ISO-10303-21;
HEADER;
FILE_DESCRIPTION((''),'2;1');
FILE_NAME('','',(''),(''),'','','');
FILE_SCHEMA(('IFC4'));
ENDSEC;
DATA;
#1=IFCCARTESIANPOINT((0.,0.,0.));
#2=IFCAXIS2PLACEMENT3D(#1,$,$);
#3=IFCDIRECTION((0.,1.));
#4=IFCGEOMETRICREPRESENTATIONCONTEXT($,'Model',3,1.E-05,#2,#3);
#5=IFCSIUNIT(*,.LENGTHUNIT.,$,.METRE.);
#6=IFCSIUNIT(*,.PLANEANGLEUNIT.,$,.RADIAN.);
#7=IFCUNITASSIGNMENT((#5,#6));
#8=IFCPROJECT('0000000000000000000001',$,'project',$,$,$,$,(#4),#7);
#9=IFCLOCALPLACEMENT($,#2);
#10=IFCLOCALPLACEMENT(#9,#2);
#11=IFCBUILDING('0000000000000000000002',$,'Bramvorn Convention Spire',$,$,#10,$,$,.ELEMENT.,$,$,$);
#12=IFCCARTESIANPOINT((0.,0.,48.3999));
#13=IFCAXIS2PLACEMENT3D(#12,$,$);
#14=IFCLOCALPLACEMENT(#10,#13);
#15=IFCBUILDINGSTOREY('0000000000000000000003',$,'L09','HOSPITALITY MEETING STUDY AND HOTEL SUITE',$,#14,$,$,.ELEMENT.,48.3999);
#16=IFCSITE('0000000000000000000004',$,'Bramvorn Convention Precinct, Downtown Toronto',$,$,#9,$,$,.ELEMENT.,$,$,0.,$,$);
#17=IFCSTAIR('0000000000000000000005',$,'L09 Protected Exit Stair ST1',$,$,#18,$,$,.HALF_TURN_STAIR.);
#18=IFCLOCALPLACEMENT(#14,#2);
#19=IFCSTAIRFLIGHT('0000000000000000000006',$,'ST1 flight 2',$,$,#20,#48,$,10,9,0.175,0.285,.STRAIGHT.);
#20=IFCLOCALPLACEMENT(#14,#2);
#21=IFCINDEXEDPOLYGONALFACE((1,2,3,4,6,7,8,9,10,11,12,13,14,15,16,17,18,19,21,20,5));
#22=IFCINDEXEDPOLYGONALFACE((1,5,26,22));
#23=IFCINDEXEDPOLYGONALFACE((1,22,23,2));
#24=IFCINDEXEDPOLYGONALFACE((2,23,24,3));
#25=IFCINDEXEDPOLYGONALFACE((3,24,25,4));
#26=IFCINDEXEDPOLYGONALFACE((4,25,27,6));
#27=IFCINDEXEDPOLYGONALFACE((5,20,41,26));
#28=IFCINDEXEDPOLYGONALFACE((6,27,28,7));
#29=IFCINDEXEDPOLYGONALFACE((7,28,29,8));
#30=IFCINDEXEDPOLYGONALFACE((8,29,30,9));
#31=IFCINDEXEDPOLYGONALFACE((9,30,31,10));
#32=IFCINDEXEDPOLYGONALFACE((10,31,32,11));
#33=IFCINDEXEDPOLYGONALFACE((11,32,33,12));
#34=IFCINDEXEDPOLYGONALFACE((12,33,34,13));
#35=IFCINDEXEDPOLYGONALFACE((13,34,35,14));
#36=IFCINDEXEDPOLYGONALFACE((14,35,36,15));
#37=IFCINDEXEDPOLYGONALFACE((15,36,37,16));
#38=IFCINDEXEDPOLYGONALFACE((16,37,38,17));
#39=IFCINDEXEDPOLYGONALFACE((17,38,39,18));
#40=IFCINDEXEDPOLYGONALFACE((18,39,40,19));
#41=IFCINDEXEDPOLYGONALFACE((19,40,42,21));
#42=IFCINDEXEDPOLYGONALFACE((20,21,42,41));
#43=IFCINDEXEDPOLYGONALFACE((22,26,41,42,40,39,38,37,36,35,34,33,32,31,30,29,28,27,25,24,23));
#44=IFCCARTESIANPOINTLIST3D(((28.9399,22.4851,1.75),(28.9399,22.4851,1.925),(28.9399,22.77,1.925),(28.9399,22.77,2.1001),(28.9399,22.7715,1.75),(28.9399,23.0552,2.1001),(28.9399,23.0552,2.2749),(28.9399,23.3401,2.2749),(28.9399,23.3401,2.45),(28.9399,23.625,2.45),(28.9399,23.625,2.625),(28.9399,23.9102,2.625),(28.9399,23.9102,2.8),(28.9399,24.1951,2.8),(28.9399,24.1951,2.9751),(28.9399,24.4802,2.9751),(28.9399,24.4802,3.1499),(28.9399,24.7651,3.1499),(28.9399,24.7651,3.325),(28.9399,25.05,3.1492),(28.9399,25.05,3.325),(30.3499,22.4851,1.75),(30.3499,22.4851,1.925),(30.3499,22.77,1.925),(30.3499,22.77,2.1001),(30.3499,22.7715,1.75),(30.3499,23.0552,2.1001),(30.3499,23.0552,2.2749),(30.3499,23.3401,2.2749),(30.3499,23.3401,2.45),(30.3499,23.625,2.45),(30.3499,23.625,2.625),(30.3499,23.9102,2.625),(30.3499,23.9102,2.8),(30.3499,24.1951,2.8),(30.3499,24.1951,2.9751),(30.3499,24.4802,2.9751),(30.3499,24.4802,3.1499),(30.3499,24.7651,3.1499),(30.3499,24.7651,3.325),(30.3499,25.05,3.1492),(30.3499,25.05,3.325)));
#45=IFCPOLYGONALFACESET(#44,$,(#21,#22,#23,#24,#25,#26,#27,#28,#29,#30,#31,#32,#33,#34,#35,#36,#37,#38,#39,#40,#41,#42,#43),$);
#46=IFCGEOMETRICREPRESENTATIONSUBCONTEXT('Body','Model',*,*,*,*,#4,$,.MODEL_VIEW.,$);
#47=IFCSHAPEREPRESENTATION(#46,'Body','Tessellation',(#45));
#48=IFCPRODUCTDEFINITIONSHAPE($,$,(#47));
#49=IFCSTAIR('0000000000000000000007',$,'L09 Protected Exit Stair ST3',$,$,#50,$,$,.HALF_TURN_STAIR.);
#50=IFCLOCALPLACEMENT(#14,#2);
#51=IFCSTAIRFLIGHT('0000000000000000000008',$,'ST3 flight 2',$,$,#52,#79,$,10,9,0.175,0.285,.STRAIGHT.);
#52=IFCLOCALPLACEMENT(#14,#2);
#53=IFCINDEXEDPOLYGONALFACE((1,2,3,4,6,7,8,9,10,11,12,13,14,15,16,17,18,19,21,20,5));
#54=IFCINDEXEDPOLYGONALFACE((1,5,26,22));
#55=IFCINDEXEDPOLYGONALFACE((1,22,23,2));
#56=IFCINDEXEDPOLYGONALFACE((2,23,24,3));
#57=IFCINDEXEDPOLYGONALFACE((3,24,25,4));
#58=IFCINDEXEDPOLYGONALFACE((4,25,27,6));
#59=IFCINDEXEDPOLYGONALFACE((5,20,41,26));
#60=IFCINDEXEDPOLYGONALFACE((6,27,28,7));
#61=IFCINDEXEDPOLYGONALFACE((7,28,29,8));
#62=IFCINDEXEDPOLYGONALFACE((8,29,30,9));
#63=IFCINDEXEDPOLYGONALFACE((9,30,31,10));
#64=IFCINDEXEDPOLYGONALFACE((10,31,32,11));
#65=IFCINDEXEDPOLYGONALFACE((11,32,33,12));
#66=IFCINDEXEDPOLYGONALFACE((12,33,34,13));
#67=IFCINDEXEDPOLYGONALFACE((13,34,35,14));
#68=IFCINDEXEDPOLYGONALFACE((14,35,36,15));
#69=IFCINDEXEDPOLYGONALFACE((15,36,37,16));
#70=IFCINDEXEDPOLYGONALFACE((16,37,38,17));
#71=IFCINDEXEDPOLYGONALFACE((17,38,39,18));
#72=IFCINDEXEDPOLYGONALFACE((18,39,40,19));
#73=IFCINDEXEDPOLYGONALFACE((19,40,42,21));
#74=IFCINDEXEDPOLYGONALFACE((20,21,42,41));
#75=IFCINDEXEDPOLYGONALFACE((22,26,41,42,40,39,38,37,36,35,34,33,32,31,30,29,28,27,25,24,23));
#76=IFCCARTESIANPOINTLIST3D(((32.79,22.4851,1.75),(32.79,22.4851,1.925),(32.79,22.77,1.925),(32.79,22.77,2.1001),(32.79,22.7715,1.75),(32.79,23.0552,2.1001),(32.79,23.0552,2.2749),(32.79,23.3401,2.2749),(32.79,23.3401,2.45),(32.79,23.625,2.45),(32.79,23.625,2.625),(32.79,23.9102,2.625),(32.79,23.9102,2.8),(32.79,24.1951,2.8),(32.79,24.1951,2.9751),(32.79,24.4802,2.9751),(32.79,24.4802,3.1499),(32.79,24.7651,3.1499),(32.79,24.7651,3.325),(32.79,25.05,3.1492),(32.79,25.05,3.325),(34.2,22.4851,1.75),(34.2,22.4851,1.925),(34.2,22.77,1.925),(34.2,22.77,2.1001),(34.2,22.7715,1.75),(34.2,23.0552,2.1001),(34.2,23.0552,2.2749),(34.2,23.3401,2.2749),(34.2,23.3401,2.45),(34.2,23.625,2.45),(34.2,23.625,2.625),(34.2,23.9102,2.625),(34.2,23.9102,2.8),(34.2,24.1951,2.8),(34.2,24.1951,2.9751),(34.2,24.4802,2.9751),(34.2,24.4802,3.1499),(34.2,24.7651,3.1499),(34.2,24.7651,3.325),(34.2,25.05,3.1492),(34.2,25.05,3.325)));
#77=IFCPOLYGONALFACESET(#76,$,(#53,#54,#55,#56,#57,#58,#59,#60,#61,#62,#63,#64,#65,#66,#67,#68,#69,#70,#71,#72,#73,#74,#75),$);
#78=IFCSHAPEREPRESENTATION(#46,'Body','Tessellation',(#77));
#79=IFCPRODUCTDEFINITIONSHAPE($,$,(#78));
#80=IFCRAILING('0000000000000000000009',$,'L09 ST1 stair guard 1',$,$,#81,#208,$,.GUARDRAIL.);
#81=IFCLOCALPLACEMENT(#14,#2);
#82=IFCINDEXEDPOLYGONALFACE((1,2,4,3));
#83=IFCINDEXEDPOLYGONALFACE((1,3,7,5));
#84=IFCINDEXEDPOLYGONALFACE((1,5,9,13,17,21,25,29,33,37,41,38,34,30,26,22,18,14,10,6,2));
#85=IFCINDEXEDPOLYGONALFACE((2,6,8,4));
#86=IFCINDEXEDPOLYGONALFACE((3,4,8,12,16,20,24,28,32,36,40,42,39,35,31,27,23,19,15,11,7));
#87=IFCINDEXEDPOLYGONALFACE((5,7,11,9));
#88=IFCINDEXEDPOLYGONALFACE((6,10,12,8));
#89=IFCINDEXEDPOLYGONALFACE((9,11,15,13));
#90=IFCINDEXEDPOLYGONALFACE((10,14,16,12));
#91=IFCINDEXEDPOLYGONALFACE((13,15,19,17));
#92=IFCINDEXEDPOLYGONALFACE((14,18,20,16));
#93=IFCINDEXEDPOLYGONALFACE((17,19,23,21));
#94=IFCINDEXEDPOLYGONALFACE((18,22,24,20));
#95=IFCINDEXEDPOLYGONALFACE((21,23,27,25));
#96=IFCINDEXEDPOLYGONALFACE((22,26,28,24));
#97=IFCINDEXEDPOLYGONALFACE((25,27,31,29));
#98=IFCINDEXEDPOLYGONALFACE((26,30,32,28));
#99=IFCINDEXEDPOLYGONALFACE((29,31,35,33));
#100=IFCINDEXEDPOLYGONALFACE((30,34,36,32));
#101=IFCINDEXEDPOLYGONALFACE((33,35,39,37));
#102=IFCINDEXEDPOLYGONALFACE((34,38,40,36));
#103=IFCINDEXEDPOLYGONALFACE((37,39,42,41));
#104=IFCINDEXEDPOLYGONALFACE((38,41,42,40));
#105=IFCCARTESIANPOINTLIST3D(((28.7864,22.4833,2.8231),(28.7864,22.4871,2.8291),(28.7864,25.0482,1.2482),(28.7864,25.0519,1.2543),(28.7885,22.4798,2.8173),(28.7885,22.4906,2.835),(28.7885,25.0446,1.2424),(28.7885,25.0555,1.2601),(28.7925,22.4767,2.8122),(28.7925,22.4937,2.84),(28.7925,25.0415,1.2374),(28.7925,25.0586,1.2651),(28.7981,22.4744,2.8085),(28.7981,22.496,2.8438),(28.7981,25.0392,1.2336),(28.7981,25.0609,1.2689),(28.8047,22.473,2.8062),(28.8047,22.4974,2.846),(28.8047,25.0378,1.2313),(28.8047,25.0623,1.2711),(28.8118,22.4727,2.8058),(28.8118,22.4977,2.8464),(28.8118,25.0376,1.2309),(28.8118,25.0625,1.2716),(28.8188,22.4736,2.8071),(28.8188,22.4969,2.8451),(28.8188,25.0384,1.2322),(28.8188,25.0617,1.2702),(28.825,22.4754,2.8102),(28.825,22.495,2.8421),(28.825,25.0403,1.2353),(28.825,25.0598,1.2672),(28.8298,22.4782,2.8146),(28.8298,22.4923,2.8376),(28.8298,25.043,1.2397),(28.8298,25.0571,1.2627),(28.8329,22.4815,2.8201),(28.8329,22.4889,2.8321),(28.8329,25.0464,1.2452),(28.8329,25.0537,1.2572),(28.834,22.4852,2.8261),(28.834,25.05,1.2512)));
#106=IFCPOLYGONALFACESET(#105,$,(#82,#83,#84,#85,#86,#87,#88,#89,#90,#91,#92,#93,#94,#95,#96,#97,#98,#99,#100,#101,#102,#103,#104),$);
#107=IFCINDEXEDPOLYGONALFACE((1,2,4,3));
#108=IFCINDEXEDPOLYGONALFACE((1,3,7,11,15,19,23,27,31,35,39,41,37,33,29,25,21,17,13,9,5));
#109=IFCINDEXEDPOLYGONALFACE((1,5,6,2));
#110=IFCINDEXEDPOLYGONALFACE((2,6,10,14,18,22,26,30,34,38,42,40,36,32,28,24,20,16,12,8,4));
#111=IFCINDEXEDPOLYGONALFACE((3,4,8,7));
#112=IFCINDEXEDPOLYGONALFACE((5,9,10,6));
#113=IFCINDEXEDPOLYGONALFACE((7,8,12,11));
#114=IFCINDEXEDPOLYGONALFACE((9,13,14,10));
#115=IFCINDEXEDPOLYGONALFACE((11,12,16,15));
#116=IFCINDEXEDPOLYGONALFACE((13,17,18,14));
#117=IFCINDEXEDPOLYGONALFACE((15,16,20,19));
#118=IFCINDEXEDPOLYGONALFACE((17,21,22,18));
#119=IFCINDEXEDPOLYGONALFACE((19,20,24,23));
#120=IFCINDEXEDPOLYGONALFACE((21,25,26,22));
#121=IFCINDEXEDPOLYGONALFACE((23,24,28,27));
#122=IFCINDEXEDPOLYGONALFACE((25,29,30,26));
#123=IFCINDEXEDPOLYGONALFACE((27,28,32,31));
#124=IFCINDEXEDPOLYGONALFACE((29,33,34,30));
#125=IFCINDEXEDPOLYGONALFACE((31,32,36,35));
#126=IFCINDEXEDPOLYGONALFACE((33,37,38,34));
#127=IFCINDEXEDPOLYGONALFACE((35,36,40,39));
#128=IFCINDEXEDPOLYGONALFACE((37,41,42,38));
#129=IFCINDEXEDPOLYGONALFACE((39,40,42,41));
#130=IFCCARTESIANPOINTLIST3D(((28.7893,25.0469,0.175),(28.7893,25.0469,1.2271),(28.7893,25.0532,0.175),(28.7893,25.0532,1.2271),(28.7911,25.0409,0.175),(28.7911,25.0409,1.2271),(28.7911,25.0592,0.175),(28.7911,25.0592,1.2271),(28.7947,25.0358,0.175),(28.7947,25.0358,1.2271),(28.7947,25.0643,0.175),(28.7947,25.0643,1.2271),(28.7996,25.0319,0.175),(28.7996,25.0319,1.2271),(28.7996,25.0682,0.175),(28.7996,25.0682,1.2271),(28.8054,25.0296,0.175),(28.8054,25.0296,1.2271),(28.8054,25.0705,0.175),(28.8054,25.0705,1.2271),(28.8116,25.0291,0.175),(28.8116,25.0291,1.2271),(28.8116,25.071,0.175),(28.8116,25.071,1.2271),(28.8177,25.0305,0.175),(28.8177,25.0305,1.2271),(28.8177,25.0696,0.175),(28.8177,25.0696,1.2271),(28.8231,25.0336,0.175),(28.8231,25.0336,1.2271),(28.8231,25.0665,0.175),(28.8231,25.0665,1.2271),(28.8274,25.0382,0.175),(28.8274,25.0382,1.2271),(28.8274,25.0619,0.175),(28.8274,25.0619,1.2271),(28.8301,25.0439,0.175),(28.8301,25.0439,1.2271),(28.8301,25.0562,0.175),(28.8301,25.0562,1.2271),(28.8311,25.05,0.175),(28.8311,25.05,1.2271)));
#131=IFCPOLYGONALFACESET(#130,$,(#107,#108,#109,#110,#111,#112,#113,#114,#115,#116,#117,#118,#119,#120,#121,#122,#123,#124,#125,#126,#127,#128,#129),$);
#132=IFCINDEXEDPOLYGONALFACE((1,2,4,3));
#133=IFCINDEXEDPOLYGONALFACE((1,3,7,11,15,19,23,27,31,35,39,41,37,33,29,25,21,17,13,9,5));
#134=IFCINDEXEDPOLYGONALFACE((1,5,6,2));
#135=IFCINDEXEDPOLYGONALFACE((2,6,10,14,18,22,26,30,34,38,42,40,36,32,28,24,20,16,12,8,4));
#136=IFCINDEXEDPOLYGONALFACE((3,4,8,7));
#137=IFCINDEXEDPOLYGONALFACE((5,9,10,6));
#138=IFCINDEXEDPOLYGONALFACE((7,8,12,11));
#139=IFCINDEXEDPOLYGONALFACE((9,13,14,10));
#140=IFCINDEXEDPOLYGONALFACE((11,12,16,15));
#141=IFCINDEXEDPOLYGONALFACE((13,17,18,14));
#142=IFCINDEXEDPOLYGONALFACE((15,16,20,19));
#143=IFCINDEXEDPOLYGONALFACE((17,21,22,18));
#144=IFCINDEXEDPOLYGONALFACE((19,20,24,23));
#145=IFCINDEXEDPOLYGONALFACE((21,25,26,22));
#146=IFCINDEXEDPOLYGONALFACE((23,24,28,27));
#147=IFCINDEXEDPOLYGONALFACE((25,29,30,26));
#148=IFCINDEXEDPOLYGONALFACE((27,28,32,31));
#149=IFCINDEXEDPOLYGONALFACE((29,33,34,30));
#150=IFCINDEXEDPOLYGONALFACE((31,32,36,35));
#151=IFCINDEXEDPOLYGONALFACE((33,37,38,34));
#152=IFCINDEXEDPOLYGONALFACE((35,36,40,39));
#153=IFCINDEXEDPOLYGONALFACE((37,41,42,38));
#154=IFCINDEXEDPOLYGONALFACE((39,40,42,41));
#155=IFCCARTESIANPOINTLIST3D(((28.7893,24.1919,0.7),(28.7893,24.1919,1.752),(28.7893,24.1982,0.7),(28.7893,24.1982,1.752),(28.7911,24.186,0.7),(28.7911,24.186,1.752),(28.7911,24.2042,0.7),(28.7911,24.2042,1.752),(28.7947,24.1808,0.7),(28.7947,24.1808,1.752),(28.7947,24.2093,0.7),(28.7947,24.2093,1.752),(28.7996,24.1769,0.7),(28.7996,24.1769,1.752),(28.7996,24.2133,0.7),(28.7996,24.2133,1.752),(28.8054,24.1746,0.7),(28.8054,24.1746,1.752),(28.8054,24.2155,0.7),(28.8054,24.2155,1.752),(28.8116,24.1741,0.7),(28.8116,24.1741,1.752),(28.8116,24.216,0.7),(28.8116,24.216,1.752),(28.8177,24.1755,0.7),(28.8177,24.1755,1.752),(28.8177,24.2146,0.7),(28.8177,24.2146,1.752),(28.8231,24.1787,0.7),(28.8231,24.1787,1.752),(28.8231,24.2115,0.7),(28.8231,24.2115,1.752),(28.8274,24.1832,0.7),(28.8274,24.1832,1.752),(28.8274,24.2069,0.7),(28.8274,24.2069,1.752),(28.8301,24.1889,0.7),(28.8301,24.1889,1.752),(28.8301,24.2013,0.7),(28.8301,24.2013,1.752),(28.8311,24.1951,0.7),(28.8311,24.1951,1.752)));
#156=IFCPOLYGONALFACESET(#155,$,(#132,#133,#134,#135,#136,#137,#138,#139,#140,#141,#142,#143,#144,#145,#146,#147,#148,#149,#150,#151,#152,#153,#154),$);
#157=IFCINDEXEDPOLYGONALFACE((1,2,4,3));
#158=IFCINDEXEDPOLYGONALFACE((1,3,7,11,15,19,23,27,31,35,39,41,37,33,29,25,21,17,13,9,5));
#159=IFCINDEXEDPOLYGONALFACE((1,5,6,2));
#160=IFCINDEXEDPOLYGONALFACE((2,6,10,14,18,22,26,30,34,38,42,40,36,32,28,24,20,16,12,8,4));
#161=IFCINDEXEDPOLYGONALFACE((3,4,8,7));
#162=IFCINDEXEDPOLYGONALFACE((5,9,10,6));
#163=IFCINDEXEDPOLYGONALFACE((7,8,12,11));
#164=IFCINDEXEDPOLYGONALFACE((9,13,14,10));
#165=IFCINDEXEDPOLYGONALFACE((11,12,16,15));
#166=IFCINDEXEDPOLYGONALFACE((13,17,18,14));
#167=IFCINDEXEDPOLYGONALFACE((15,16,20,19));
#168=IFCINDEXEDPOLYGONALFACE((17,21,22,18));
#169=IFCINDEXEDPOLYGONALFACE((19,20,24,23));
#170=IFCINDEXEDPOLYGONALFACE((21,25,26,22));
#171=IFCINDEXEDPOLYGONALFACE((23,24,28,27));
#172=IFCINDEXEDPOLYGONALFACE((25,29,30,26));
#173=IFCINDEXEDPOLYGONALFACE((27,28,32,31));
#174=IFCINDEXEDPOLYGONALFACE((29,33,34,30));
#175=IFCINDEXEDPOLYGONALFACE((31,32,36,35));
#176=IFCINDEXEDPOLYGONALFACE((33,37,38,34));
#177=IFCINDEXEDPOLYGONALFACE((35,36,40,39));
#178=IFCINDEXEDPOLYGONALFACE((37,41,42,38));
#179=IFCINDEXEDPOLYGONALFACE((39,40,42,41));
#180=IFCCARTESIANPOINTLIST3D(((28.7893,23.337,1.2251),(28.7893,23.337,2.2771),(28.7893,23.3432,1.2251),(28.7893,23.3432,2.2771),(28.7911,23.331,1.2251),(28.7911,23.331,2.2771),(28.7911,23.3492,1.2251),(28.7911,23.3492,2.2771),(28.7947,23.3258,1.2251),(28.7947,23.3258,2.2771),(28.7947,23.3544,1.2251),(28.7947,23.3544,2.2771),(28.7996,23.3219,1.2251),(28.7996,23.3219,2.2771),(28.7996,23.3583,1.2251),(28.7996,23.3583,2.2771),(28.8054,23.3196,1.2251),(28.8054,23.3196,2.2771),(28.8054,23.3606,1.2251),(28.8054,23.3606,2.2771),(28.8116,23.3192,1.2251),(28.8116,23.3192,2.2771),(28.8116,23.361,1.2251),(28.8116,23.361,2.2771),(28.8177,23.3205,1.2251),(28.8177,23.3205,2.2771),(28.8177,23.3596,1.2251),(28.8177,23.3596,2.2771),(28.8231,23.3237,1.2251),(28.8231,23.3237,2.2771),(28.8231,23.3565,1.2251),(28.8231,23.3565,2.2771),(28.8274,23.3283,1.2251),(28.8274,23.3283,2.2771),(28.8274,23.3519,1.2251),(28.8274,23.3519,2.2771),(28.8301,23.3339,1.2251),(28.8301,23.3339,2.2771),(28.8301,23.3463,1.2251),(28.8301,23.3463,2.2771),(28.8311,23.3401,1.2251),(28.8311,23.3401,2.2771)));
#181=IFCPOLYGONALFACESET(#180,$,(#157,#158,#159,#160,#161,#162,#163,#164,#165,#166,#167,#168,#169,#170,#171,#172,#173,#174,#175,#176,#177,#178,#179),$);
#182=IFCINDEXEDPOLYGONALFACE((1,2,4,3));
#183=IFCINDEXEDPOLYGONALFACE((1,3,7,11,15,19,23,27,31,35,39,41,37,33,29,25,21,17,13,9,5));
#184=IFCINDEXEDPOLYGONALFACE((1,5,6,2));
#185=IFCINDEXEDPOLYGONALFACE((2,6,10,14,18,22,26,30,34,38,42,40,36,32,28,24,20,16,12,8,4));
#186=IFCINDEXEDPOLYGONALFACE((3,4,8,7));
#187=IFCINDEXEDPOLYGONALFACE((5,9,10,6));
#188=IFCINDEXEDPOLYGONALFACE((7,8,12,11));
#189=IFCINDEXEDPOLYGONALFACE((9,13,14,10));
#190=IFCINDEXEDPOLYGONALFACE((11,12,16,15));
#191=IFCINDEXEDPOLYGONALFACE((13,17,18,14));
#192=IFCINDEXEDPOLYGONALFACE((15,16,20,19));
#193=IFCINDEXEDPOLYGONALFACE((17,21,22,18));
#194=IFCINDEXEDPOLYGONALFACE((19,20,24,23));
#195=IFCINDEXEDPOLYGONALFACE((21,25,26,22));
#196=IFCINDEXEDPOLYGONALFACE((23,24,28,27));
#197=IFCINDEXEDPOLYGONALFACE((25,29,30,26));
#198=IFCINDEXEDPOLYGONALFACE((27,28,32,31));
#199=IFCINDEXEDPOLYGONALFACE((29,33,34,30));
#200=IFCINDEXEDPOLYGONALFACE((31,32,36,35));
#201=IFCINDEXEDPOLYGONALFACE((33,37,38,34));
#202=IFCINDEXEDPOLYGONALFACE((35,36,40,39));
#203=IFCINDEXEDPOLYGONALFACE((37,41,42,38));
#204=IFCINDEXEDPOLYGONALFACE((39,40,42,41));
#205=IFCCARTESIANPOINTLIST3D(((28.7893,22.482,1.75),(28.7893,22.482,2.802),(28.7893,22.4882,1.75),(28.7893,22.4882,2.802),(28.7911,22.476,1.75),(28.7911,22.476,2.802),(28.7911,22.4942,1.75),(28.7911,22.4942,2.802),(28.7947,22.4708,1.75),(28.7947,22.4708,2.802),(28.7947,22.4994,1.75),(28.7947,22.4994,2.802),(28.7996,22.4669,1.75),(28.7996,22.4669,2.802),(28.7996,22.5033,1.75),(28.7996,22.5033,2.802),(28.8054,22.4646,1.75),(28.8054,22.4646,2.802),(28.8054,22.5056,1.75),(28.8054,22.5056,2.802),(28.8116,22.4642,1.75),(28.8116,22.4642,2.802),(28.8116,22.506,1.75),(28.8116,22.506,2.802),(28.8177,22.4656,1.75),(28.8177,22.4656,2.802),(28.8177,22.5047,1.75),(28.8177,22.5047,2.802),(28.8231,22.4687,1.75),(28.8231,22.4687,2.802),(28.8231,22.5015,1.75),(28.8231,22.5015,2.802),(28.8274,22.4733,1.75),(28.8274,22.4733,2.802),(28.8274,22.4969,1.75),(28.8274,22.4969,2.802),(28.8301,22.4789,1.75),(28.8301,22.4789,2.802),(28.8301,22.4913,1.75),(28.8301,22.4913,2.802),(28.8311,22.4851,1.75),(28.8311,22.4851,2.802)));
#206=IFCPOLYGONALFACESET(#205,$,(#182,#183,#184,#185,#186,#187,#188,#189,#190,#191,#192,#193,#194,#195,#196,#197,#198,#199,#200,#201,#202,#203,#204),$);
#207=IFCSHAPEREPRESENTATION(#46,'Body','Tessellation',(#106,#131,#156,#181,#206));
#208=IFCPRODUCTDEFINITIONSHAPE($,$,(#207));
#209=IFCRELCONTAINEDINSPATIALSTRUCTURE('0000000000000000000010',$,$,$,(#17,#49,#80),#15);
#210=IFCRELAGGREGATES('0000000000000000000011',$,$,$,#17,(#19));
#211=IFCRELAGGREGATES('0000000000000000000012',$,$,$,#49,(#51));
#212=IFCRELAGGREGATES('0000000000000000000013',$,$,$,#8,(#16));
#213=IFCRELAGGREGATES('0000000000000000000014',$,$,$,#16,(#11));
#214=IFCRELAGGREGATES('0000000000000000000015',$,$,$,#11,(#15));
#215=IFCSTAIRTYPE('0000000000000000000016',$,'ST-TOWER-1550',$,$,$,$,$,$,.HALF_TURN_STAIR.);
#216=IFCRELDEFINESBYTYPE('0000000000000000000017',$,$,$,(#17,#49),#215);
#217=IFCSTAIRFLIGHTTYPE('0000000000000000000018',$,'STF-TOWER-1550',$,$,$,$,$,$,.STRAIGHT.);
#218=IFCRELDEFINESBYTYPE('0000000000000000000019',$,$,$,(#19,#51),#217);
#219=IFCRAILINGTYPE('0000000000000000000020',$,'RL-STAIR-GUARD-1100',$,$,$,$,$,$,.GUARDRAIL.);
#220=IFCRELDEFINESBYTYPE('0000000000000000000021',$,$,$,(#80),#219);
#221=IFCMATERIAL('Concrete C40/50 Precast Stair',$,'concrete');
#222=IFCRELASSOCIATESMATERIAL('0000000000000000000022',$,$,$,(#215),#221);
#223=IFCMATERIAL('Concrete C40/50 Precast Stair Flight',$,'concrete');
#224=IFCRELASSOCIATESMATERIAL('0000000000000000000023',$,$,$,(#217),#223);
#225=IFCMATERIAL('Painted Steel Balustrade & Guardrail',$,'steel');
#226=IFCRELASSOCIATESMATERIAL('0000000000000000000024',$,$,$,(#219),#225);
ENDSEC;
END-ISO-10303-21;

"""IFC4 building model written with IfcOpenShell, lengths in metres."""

from ifc_helpers import new_model, si_unit, direction, frame, origin, origin_2d, place, context, subcontext, project, spatial, polyline, circle, outline, extrude, material, type_object, element, aggregate, save


model = new_model("IFC4")

# Units and contexts
model_context = context("Model", 3, precision=1e-05, world=origin(), true_north=direction((0.0, 1.0)))
body_context = subcontext(model_context, "Body", "Model", "MODEL_VIEW")
ifc_project = project(units=[si_unit("LENGTHUNIT", "METRE"), si_unit("PLANEANGLEUNIT", "RADIAN")], contexts=[model_context])

# Site, building, storey
site_placement = place(None, origin())
site = spatial("IfcSite", under=ifc_project, at=site_placement, Name="Bramvorn Convention Precinct, Downtown Toronto", CompositionType="ELEMENT", RefElevation=0.0)
building_placement = place(site_placement, origin())
building = spatial("IfcBuilding", under=site, at=building_placement, Name="Bramvorn Convention Spire", CompositionType="ELEMENT")
storey_placement = place(building_placement, frame((0.0, 0.0, 48.3999)))
storey = spatial("IfcBuildingStorey", under=building, at=storey_placement, Name="L09", Description="HOSPITALITY MEETING STUDY AND HOTEL SUITE", CompositionType="ELEMENT", Elevation=48.3999)

# Stair, stair flight
ifc_material_1 = material(Name="Concrete C40/50 Precast Stair", Category="concrete")
stair_type = type_object("IfcStairType", Name="ST-TOWER-1550", PredefinedType="HALF_TURN_STAIR", material=ifc_material_1)
stair_1_placement = place(storey_placement, origin())
stair_1 = element("IfcStair", 1, at=stair_1_placement, inside=storey, type_object=stair_type, Name="L09 Protected Exit Stair ST1", PredefinedType="HALF_TURN_STAIR")
ifc_material_2 = material(Name="Concrete C40/50 Precast Stair Flight", Category="concrete")
stair_flight_type = type_object("IfcStairFlightType", Name="STF-TOWER-1550", PredefinedType="STRAIGHT", material=ifc_material_2)
stair_flight_1_placement = place(storey_placement, frame((29.645, 22.4851, 1.75), z_axis=(0.0, 0.0, 1.0), x_axis=(0.0, 1.0, 0.0)))
stair_flight_1 = element("IfcStairFlight", 2, at=stair_flight_1_placement, type_object=stair_flight_type, Name="ST1 flight 2", NumberOfRisers=10, NumberOfTreads=9, PredefinedType="STRAIGHT", RiserHeight=0.175, TreadLength=0.285, context=body_context, shape_type="SweptSolid", body=[
    extrude(outline(polyline([(0.0, 0.0), (0.0, 0.175), (0.2849, 0.175), (0.2849, 0.3501), (0.5701, 0.3501), (0.5701, 0.5249), (0.855, 0.5249), (0.855, 0.7), (1.1399, 0.7), (1.1399, 0.875), (1.425, 0.875), (1.425, 1.05), (1.71, 1.05), (1.71, 1.2251), (1.9951, 1.2251), (1.9951, 1.3999), (2.28, 1.3999), (2.28, 1.575), (2.5649, 1.575), (2.5649, 1.75), (2.5649, 1.3992), (0.2864, 0.0), (0.0, 0.0)])), frame((0.0, 0.7051, 0.0), z_axis=(0.0, -1.0, 0.0), x_axis=(1.0, 0.0, 0.0)), (0.0, 0.0, 1.0), 1.4099),
])
aggregate(stair_1, [stair_flight_1])

# Stair, stair flight
stair_2_placement = place(storey_placement, origin())
stair_2 = element("IfcStair", 3, at=stair_2_placement, inside=storey, type_object=stair_type, Name="L09 Protected Exit Stair ST3", PredefinedType="HALF_TURN_STAIR")
stair_flight_2_placement = place(storey_placement, frame((33.4951, 22.4851, 1.75), z_axis=(0.0, 0.0, 1.0), x_axis=(0.0, 1.0, 0.0)))
stair_flight_2 = element("IfcStairFlight", 4, at=stair_flight_2_placement, type_object=stair_flight_type, Name="ST3 flight 2", NumberOfRisers=10, NumberOfTreads=9, PredefinedType="STRAIGHT", RiserHeight=0.175, TreadLength=0.285, context=body_context, shape_type="SweptSolid", body=[
    extrude(outline(polyline([(0.0, 0.0), (0.0, 0.175), (0.2849, 0.175), (0.2849, 0.3501), (0.5701, 0.3501), (0.5701, 0.5249), (0.855, 0.5249), (0.855, 0.7), (1.1399, 0.7), (1.1399, 0.875), (1.425, 0.875), (1.425, 1.05), (1.71, 1.05), (1.71, 1.2251), (1.9951, 1.2251), (1.9951, 1.3999), (2.28, 1.3999), (2.28, 1.575), (2.5649, 1.575), (2.5649, 1.75), (2.5649, 1.3992), (0.2864, 0.0), (0.0, 0.0)])), frame((0.0, 0.7051, 0.0), z_axis=(0.0, -1.0, 0.0), x_axis=(1.0, 0.0, 0.0)), (0.0, 0.0, 1.0), 1.4099),
])
aggregate(stair_2, [stair_flight_2])

# Railing
ifc_material_3 = material(Name="Painted Steel Balustrade & Guardrail", Category="steel")
railing_type_1 = type_object("IfcRailingType", Name="RL-STAIR-GUARD-1100", PredefinedType="GUARDRAIL", material=ifc_material_3)
railing_1_placement = place(storey_placement, frame((28.8101, 25.05, 0.175)))
element("IfcRailing", 5, at=railing_1_placement, inside=storey, type_object=railing_type_1, Name="L09 ST1 stair guard 1", PredefinedType="GUARDRAIL", context=body_context, shape_type="SweptSolid", body=[
    extrude(circle(Radius=0.0239, at=origin_2d()), frame((0.0, 0.0, 1.0762), z_axis=(0.0, -0.852173, 0.52326), x_axis=(1.0, 0.0, 0.0)), (0.0, 0.0, 1.0), 3.0098),
    extrude(circle(Radius=0.021, at=origin_2d()), origin(), (0.0, 0.0, 1.0), 1.052),
    extrude(circle(Radius=0.021, at=origin_2d()), frame((0.0, -0.855, 0.5249)), (0.0, 0.0, 1.0), 1.052),
    extrude(circle(Radius=0.021, at=origin_2d()), frame((0.0, -1.71, 1.05)), (0.0, 0.0, 1.0), 1.052),
    extrude(circle(Radius=0.021, at=origin_2d()), frame((0.0, -2.5649, 1.575)), (0.0, 0.0, 1.0), 1.052),
])

save(model, "model.ifc")
